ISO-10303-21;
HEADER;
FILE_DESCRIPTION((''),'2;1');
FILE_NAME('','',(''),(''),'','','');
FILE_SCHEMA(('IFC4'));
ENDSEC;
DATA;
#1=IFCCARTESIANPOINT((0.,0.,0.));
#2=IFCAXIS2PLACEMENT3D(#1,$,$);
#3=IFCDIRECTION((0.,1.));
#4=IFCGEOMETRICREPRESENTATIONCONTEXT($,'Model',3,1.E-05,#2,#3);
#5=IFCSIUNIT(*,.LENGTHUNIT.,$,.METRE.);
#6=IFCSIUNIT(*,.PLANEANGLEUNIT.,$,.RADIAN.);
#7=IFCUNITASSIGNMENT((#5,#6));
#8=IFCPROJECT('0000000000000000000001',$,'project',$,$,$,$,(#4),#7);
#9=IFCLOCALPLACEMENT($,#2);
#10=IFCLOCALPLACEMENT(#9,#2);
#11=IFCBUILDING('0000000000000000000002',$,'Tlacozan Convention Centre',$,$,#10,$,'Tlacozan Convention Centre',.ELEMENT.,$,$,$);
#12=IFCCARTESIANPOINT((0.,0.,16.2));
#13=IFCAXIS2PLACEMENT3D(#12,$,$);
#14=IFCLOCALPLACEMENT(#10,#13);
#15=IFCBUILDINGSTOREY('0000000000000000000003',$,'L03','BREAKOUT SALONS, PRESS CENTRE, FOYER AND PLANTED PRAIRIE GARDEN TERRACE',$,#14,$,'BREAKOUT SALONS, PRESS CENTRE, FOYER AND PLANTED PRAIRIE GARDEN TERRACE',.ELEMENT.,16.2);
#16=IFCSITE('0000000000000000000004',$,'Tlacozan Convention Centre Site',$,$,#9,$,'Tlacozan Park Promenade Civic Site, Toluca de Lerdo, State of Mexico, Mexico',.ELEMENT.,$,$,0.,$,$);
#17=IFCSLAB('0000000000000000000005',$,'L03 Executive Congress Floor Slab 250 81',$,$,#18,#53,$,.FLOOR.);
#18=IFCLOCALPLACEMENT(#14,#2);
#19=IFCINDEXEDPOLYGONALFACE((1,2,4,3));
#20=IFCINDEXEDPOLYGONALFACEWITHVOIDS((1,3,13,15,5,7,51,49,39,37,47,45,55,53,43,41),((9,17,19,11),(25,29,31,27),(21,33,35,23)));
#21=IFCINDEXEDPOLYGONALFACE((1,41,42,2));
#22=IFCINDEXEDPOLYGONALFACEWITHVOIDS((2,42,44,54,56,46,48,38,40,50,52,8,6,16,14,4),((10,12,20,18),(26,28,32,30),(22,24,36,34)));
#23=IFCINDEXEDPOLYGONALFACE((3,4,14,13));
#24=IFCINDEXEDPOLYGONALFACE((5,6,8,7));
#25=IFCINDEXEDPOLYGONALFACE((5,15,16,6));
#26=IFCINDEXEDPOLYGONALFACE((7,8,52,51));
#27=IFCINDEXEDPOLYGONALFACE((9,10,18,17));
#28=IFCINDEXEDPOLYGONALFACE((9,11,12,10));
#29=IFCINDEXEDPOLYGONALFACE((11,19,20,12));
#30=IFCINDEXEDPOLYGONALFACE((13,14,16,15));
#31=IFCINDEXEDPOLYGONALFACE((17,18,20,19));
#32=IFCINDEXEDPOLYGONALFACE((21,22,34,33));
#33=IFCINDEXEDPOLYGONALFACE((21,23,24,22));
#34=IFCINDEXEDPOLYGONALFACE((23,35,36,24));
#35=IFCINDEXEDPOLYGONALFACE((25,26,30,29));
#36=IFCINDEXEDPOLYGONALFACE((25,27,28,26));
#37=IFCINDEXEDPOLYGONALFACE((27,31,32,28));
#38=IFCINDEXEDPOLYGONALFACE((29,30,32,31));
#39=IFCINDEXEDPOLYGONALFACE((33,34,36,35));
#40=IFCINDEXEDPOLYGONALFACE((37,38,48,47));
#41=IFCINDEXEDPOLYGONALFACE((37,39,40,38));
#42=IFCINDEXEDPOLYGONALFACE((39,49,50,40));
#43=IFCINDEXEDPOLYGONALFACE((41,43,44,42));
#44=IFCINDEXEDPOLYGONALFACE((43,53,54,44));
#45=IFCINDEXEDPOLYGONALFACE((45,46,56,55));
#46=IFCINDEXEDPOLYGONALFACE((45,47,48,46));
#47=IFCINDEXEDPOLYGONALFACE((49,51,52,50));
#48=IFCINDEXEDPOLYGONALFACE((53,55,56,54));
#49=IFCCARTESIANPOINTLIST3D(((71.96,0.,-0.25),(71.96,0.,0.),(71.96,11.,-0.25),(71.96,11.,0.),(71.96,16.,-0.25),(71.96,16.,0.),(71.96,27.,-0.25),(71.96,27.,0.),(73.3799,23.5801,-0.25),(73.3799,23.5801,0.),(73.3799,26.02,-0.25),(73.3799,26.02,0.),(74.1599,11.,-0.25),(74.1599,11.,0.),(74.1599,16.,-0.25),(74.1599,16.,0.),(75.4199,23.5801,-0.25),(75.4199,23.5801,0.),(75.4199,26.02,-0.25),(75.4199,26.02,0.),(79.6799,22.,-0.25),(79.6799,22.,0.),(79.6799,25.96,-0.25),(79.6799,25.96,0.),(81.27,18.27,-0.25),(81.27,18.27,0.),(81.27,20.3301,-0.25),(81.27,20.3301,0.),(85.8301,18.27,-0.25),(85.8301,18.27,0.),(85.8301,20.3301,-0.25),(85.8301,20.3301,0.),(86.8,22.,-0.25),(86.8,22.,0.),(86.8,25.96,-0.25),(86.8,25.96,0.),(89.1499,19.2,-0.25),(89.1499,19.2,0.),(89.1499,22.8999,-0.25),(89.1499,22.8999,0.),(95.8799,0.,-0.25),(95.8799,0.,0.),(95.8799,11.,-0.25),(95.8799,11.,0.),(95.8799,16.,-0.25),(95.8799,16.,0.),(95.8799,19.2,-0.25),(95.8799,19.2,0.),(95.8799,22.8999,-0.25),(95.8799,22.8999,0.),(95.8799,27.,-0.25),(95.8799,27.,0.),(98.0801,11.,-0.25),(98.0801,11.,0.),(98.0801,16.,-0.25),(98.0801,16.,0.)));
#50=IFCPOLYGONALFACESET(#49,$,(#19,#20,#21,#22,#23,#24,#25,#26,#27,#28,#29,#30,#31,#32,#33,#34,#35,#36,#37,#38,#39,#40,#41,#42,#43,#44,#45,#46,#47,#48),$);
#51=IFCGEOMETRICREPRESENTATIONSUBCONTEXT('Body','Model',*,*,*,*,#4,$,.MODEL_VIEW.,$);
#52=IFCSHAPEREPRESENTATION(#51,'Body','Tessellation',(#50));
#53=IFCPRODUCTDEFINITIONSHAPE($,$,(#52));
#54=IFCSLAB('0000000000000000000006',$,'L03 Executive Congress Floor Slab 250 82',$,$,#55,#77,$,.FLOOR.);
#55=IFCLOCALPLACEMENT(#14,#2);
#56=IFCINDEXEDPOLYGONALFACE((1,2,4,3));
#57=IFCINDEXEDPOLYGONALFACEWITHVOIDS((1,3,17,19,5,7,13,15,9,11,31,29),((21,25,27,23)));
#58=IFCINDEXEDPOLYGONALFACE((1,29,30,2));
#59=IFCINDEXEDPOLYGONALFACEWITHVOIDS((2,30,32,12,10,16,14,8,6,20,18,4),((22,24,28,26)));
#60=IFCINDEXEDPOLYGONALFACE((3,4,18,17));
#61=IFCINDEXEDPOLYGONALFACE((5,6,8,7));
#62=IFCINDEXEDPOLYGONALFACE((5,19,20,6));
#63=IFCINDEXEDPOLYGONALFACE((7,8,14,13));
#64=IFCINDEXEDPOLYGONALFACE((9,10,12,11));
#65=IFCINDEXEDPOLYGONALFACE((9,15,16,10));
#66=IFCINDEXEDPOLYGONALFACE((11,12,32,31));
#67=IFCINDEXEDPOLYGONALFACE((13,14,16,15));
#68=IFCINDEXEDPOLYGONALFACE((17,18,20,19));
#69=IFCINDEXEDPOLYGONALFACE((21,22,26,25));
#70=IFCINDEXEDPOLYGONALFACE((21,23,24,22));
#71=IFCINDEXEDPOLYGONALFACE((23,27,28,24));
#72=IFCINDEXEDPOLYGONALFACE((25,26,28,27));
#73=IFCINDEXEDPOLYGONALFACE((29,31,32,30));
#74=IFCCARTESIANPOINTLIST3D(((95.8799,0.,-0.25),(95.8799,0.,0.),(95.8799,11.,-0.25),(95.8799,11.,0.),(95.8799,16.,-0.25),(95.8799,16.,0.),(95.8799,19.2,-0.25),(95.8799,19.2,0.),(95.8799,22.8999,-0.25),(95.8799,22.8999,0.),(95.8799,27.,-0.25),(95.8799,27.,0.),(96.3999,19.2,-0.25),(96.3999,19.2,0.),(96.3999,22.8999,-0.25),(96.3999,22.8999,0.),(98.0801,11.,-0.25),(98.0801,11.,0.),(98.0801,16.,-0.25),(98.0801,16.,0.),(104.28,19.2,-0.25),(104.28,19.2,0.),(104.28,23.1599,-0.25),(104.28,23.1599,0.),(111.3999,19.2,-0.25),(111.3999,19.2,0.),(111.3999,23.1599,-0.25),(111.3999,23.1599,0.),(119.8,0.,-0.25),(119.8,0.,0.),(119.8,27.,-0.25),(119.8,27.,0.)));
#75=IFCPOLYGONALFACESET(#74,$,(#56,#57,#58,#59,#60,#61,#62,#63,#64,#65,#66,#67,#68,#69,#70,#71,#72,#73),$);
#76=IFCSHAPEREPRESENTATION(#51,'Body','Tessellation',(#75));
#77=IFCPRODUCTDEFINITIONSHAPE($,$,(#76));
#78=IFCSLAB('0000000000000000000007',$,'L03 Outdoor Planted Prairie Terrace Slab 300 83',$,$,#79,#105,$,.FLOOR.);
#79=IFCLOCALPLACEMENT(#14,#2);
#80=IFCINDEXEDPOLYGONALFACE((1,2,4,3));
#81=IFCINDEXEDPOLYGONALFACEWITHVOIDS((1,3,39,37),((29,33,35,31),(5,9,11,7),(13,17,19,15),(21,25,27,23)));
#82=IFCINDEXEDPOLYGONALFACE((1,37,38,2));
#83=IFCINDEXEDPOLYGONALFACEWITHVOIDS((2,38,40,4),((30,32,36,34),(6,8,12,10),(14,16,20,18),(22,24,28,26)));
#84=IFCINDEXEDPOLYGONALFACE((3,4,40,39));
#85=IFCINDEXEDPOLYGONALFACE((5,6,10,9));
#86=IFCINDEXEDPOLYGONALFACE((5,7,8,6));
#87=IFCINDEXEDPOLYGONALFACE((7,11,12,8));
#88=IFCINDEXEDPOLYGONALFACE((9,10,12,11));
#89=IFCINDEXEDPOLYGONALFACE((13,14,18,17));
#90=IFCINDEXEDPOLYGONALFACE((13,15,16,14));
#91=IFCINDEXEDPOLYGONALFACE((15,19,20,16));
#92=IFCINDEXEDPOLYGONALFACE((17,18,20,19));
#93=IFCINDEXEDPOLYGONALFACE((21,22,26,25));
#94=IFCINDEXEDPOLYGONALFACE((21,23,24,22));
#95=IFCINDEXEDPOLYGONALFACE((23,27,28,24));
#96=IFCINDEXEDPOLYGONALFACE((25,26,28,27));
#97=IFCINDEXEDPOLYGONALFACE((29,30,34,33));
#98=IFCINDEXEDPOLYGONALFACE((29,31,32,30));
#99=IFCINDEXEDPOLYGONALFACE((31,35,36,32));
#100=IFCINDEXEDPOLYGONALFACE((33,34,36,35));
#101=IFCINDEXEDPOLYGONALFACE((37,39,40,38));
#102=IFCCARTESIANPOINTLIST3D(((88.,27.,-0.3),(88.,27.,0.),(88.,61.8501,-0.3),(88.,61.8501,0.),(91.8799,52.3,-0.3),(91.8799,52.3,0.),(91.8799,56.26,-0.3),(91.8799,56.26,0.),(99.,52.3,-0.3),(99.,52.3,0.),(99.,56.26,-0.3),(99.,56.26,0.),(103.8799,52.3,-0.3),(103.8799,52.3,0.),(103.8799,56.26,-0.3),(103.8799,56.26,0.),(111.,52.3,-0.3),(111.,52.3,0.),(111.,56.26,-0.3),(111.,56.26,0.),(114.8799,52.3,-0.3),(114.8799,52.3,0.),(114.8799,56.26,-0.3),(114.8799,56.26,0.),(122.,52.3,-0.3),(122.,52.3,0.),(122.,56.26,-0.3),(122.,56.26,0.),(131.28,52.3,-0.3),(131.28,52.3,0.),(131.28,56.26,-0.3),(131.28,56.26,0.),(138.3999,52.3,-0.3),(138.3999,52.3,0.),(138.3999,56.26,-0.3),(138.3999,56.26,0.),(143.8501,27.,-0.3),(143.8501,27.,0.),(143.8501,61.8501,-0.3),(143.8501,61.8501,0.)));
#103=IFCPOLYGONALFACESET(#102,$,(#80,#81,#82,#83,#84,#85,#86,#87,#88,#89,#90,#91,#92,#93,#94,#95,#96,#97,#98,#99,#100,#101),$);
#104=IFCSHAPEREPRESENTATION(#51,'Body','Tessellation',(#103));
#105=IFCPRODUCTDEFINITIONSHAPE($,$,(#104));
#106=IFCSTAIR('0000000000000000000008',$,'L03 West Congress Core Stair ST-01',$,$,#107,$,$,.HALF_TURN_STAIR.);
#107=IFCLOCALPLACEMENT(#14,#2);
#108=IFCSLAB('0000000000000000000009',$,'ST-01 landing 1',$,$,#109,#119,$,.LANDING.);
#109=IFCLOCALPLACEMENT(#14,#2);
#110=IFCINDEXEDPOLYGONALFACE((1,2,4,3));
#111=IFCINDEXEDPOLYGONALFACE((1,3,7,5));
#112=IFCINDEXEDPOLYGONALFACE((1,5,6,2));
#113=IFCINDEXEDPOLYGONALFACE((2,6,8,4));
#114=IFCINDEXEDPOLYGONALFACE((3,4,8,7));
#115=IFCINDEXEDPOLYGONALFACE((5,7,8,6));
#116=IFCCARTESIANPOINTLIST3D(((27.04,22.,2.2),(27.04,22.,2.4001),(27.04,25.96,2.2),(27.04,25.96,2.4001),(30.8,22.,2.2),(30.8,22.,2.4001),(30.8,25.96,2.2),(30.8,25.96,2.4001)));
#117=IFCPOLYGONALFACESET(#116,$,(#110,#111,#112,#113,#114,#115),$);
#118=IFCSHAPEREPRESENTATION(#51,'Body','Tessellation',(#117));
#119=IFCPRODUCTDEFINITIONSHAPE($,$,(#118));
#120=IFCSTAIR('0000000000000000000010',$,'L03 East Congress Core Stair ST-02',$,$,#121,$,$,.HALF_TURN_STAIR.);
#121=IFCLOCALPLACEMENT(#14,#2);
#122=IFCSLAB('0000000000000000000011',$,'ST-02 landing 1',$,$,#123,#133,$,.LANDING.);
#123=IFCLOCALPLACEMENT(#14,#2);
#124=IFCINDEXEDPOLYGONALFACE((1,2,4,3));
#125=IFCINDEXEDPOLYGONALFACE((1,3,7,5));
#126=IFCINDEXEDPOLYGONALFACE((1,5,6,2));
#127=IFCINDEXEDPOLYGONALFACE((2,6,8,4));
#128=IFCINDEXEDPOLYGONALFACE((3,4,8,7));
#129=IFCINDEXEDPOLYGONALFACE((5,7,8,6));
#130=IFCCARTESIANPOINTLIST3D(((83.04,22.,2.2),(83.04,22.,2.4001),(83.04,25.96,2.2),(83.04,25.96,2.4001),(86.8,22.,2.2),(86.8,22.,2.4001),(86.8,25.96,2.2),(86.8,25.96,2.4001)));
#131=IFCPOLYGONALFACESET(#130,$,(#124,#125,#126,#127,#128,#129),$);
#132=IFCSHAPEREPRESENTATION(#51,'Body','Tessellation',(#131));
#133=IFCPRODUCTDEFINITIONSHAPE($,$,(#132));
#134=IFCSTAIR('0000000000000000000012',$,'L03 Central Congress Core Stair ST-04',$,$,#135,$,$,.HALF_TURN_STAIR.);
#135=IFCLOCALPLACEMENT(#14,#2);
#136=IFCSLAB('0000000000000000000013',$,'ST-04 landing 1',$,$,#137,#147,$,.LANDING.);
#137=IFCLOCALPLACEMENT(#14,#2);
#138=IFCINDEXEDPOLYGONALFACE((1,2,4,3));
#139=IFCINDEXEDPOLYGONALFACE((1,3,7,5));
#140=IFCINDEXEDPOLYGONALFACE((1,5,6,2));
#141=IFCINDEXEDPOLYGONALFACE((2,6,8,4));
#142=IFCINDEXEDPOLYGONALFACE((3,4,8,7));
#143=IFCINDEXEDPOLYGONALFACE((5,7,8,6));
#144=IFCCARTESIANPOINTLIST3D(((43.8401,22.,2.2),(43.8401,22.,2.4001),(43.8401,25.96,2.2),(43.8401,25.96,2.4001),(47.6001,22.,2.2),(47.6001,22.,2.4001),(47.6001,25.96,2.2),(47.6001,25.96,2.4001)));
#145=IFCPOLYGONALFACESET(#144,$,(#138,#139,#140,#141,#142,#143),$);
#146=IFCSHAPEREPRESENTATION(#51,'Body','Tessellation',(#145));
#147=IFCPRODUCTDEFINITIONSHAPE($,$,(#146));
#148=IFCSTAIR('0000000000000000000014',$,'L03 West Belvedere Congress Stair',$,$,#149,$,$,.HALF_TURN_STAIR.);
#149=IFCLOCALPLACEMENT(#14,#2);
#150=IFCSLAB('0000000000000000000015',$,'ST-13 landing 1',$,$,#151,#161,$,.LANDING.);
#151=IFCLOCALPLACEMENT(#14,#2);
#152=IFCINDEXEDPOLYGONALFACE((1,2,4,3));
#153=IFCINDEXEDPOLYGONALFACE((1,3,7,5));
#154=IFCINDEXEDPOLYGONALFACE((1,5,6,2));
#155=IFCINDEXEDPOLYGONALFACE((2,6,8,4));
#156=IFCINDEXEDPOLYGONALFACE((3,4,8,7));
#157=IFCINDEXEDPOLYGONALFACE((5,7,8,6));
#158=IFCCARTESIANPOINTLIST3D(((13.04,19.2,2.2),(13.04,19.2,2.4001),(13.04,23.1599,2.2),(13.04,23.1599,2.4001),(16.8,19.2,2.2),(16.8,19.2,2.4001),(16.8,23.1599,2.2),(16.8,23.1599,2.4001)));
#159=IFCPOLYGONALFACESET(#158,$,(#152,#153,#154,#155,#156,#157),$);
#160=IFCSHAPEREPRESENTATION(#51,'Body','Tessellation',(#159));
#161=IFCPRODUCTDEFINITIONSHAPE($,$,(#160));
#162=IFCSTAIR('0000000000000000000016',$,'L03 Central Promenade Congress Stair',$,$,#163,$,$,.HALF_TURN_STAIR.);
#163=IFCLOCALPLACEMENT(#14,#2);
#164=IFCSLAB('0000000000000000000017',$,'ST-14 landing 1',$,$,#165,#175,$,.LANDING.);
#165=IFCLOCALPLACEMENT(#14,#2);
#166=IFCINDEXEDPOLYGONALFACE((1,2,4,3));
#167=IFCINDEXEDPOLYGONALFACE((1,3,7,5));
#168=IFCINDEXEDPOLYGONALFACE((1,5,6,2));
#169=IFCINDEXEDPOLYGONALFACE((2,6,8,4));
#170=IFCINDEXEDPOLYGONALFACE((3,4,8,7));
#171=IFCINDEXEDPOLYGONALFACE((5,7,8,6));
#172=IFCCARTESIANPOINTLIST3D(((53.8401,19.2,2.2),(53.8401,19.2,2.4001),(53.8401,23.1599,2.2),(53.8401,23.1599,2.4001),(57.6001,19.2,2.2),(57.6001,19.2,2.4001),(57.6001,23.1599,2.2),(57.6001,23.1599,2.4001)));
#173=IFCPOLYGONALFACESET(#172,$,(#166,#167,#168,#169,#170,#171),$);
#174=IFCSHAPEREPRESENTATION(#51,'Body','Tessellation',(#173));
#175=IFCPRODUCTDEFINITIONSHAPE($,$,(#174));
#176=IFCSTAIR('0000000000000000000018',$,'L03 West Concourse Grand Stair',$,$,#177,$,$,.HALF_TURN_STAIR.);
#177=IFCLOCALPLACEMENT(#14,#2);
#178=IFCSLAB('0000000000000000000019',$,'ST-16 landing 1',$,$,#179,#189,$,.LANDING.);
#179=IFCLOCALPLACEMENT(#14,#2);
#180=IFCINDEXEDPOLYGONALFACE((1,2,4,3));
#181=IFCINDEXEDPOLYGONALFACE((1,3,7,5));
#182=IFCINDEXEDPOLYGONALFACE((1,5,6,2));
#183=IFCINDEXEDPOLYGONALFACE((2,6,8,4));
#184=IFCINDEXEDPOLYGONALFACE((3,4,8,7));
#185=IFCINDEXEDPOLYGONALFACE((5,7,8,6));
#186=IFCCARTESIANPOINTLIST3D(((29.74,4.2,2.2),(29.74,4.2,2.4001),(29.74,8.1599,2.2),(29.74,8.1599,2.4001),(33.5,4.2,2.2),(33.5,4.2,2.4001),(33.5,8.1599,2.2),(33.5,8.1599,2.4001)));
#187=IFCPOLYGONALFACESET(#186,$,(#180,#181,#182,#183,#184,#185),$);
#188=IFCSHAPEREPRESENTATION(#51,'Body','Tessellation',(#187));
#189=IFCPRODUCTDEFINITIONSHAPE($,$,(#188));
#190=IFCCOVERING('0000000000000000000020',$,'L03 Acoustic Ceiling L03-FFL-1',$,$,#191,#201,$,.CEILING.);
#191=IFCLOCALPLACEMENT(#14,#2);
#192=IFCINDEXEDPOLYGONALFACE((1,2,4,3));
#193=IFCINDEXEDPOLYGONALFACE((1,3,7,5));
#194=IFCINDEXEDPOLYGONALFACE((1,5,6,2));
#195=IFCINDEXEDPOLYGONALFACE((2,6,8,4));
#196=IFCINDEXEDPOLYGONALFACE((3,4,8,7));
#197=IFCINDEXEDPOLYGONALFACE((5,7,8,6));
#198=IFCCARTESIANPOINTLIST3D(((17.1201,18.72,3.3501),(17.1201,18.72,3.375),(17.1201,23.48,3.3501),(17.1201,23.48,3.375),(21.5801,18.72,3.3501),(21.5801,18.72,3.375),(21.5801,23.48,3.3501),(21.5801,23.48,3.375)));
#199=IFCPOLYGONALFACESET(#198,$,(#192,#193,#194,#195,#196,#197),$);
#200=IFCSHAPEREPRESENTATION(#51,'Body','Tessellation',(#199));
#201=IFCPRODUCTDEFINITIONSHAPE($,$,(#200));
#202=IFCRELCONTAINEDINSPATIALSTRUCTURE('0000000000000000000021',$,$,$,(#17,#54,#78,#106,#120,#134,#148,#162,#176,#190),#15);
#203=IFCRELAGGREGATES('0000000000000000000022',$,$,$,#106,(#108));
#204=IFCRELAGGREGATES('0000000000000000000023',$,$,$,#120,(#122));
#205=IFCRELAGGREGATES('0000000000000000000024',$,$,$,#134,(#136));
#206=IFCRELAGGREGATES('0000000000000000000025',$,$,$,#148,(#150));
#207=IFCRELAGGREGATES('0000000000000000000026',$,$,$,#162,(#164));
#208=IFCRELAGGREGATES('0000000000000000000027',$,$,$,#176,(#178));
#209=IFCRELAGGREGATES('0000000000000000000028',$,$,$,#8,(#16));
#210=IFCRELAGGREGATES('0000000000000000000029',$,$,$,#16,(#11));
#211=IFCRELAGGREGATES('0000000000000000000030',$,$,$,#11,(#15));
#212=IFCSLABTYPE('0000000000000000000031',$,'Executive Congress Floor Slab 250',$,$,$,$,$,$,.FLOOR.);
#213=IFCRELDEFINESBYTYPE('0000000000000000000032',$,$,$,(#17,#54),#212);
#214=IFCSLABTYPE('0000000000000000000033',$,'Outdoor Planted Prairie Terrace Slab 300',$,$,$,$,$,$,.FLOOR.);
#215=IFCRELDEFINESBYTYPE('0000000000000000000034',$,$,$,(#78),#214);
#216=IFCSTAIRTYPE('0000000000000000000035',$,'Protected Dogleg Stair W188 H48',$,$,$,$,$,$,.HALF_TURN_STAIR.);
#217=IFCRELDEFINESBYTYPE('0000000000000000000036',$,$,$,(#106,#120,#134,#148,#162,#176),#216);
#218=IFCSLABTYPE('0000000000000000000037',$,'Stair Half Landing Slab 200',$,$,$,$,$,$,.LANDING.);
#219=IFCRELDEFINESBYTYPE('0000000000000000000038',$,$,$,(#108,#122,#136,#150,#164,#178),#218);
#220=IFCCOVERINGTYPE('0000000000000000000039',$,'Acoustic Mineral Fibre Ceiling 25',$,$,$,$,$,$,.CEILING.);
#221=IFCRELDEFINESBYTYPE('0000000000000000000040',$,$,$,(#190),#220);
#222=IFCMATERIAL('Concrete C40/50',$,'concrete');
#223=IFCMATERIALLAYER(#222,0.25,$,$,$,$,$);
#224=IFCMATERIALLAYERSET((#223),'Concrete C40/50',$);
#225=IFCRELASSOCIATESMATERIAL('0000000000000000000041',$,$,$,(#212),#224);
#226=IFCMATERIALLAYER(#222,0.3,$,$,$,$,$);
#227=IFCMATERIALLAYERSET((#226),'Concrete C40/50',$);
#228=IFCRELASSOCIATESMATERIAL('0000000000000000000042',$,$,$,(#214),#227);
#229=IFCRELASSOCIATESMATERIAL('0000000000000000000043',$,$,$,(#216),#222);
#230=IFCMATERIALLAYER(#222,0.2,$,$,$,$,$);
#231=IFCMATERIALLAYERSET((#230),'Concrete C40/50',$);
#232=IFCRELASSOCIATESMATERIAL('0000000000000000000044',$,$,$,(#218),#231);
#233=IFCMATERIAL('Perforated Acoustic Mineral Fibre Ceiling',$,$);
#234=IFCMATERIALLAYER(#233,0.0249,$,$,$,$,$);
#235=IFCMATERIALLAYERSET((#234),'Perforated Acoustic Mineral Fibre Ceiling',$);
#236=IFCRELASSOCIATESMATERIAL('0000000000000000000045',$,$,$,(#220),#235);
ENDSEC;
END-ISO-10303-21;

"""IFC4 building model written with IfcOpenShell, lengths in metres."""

from ifc_helpers import new_model, si_unit, direction, frame, origin, place, context, subcontext, project, spatial, polyline, outline, extrude, material, layer, layer_set, type_object, element, aggregate, save


model = new_model("IFC4")

# Units and contexts
model_context = context("Model", 3, precision=1e-05, world=origin(), true_north=direction((0.0, 1.0)))
body_context = subcontext(model_context, "Body", "Model", "MODEL_VIEW")
ifc_project = project(units=[si_unit("LENGTHUNIT", "METRE"), si_unit("PLANEANGLEUNIT", "RADIAN")], contexts=[model_context])

# Site, building, storey
site_placement = place(None, origin())
site = spatial("IfcSite", under=ifc_project, at=site_placement, Name="Tlacozan Convention Centre Site", LongName="Tlacozan Park Promenade Civic Site, Toluca de Lerdo, State of Mexico, Mexico", CompositionType="ELEMENT", RefElevation=0.0)
building_placement = place(site_placement, origin())
building = spatial("IfcBuilding", under=site, at=building_placement, Name="Tlacozan Convention Centre", LongName="Tlacozan Convention Centre", CompositionType="ELEMENT")
storey_placement = place(building_placement, frame((0.0, 0.0, 16.2)))
storey = spatial("IfcBuildingStorey", under=building, at=storey_placement, Name="L03", Description="BREAKOUT SALONS, PRESS CENTRE, FOYER AND PLANTED PRAIRIE GARDEN TERRACE", LongName="BREAKOUT SALONS, PRESS CENTRE, FOYER AND PLANTED PRAIRIE GARDEN TERRACE", CompositionType="ELEMENT", Elevation=16.2)

# Slabs
ifc_material_1 = material(Name="Concrete C40/50", Category="concrete")
ifc_layer_1 = layer(ifc_material_1, 0.25)
ifc_layer_set_1 = layer_set([ifc_layer_1], Name="Concrete C40/50")
slab_type_1 = type_object("IfcSlabType", Name="Executive Congress Floor Slab 250", PredefinedType="FLOOR", material=ifc_layer_set_1)
slab_1_placement = place(storey_placement, frame((0.0, 0.0, -0.25)))
element("IfcSlab", 1, at=slab_1_placement, inside=storey, type_object=slab_type_1, Name="L03 Executive Congress Floor Slab 250 81", PredefinedType="FLOOR", context=body_context, shape_type="SweptSolid", body=[
    extrude(outline(polyline([(71.96, 11.0), (74.1599, 11.0), (74.1599, 16.0), (71.96, 16.0), (71.96, 27.0), (95.8799, 27.0), (95.8799, 22.8999), (89.1499, 22.8999), (89.1499, 19.2), (95.8799, 19.2), (95.8799, 16.0), (98.0801, 16.0), (98.0801, 11.0), (95.8799, 11.0), (95.8799, 0.0), (71.96, 0.0), (71.96, 11.0)]), holes=[polyline([(75.4199, 26.02), (73.3799, 26.02), (73.3799, 23.5801), (75.4199, 23.5801), (75.4199, 26.02)]), polyline([(85.8301, 20.3301), (81.27, 20.3301), (81.27, 18.27), (85.8301, 18.27), (85.8301, 20.3301)]), polyline([(86.8, 22.0), (86.8, 25.96), (79.6799, 25.96), (79.6799, 22.0), (86.8, 22.0)])]), origin(), (0.0, 0.0, 1.0), 0.25),
])
slab_2_placement = place(storey_placement, frame((0.0, 0.0, -0.25)))
element("IfcSlab", 2, at=slab_2_placement, inside=storey, type_object=slab_type_1, Name="L03 Executive Congress Floor Slab 250 82", PredefinedType="FLOOR", context=body_context, shape_type="SweptSolid", body=[
    extrude(outline(polyline([(119.8, 27.0), (119.8, 0.0), (95.8799, 0.0), (95.8799, 11.0), (98.0801, 11.0), (98.0801, 16.0), (95.8799, 16.0), (95.8799, 19.2), (96.3999, 19.2), (96.3999, 22.8999), (95.8799, 22.8999), (95.8799, 27.0), (119.8, 27.0)]), holes=[polyline([(111.3999, 19.2), (111.3999, 23.1599), (104.28, 23.1599), (104.28, 19.2), (111.3999, 19.2)])]), origin(), (0.0, 0.0, 1.0), 0.25),
])
ifc_layer_2 = layer(ifc_material_1, 0.3)
ifc_layer_set_2 = layer_set([ifc_layer_2], Name="Concrete C40/50")
slab_type_2 = type_object("IfcSlabType", Name="Outdoor Planted Prairie Terrace Slab 300", PredefinedType="FLOOR", material=ifc_layer_set_2)
slab_3_placement = place(storey_placement, frame((0.0, 0.0, -0.3)))
element("IfcSlab", 3, at=slab_3_placement, inside=storey, type_object=slab_type_2, Name="L03 Outdoor Planted Prairie Terrace Slab 300 83", PredefinedType="FLOOR", context=body_context, shape_type="SweptSolid", body=[
    extrude(outline(polyline([(88.0, 27.0), (88.0, 61.8501), (143.8501, 61.8501), (143.8501, 27.0), (88.0, 27.0)]), holes=[polyline([(99.0, 52.3), (99.0, 56.26), (91.8799, 56.26), (91.8799, 52.3), (99.0, 52.3)]), polyline([(111.0, 52.3), (111.0, 56.26), (103.8799, 56.26), (103.8799, 52.3), (111.0, 52.3)]), polyline([(114.8799, 52.3), (122.0, 52.3), (122.0, 56.26), (114.8799, 56.26), (114.8799, 52.3)]), polyline([(131.28, 52.3), (138.3999, 52.3), (138.3999, 56.26), (131.28, 56.26), (131.28, 52.3)])]), origin(), (0.0, 0.0, 1.0), 0.3),
])

# Stairs, slabs
stair_type = type_object("IfcStairType", Name="Protected Dogleg Stair W188 H48", PredefinedType="HALF_TURN_STAIR", material=ifc_material_1)
stair_1_placement = place(storey_placement, origin())
stair_1 = element("IfcStair", 4, at=stair_1_placement, inside=storey, type_object=stair_type, Name="L03 West Congress Core Stair ST-01", PredefinedType="HALF_TURN_STAIR")
ifc_layer_3 = layer(ifc_material_1, 0.2)
ifc_layer_set_3 = layer_set([ifc_layer_3], Name="Concrete C40/50")
slab_type_3 = type_object("IfcSlabType", Name="Stair Half Landing Slab 200", PredefinedType="LANDING", material=ifc_layer_set_3)
slab_4_placement = place(storey_placement, frame((0.0, 0.0, 2.2)))
slab_4 = element("IfcSlab", 5, at=slab_4_placement, type_object=slab_type_3, Name="ST-01 landing 1", PredefinedType="LANDING", context=body_context, shape_type="SweptSolid", body=[
    extrude(outline(polyline([(27.04, 22.0), (30.8, 22.0), (30.8, 25.96), (27.04, 25.96), (27.04, 22.0)])), origin(), (0.0, 0.0, 1.0), 0.2002),
])
aggregate(stair_1, [slab_4])
stair_2_placement = place(storey_placement, origin())
stair_2 = element("IfcStair", 6, at=stair_2_placement, inside=storey, type_object=stair_type, Name="L03 East Congress Core Stair ST-02", PredefinedType="HALF_TURN_STAIR")
slab_5_placement = place(storey_placement, frame((0.0, 0.0, 2.2)))
slab_5 = element("IfcSlab", 7, at=slab_5_placement, type_object=slab_type_3, Name="ST-02 landing 1", PredefinedType="LANDING", context=body_context, shape_type="SweptSolid", body=[
    extrude(outline(polyline([(83.04, 22.0), (86.8, 22.0), (86.8, 25.96), (83.04, 25.96), (83.04, 22.0)])), origin(), (0.0, 0.0, 1.0), 0.2002),
])
aggregate(stair_2, [slab_5])
stair_3_placement = place(storey_placement, origin())
stair_3 = element("IfcStair", 8, at=stair_3_placement, inside=storey, type_object=stair_type, Name="L03 Central Congress Core Stair ST-04", PredefinedType="HALF_TURN_STAIR")
slab_6_placement = place(storey_placement, frame((0.0, 0.0, 2.2)))
slab_6 = element("IfcSlab", 9, at=slab_6_placement, type_object=slab_type_3, Name="ST-04 landing 1", PredefinedType="LANDING", context=body_context, shape_type="SweptSolid", body=[
    extrude(outline(polyline([(43.8401, 22.0), (47.6001, 22.0), (47.6001, 25.96), (43.8401, 25.96), (43.8401, 22.0)])), origin(), (0.0, 0.0, 1.0), 0.2002),
])
aggregate(stair_3, [slab_6])
stair_4_placement = place(storey_placement, origin())
stair_4 = element("IfcStair", 10, at=stair_4_placement, inside=storey, type_object=stair_type, Name="L03 West Belvedere Congress Stair", PredefinedType="HALF_TURN_STAIR")
slab_7_placement = place(storey_placement, frame((0.0, 0.0, 2.2)))
slab_7 = element("IfcSlab", 11, at=slab_7_placement, type_object=slab_type_3, Name="ST-13 landing 1", PredefinedType="LANDING", context=body_context, shape_type="SweptSolid", body=[
    extrude(outline(polyline([(13.04, 19.2), (16.8, 19.2), (16.8, 23.1599), (13.04, 23.1599), (13.04, 19.2)])), origin(), (0.0, 0.0, 1.0), 0.2002),
])
aggregate(stair_4, [slab_7])
stair_5_placement = place(storey_placement, origin())
stair_5 = element("IfcStair", 12, at=stair_5_placement, inside=storey, type_object=stair_type, Name="L03 Central Promenade Congress Stair", PredefinedType="HALF_TURN_STAIR")
slab_8_placement = place(storey_placement, frame((0.0, 0.0, 2.2)))
slab_8 = element("IfcSlab", 13, at=slab_8_placement, type_object=slab_type_3, Name="ST-14 landing 1", PredefinedType="LANDING", context=body_context, shape_type="SweptSolid", body=[
    extrude(outline(polyline([(53.8401, 19.2), (57.6001, 19.2), (57.6001, 23.1599), (53.8401, 23.1599), (53.8401, 19.2)])), origin(), (0.0, 0.0, 1.0), 0.2002),
])
aggregate(stair_5, [slab_8])
stair_6_placement = place(storey_placement, origin())
stair_6 = element("IfcStair", 14, at=stair_6_placement, inside=storey, type_object=stair_type, Name="L03 West Concourse Grand Stair", PredefinedType="HALF_TURN_STAIR")
slab_9_placement = place(storey_placement, frame((0.0, 0.0, 2.2)))
slab_9 = element("IfcSlab", 15, at=slab_9_placement, type_object=slab_type_3, Name="ST-16 landing 1", PredefinedType="LANDING", context=body_context, shape_type="SweptSolid", body=[
    extrude(outline(polyline([(29.74, 4.2), (33.5, 4.2), (33.5, 8.1599), (29.74, 8.1599), (29.74, 4.2)])), origin(), (0.0, 0.0, 1.0), 0.2002),
])
aggregate(stair_6, [slab_9])

# Covering
ifc_material_2 = material(Name="Perforated Acoustic Mineral Fibre Ceiling")
ifc_layer_4 = layer(ifc_material_2, 0.0249)
ifc_layer_set_4 = layer_set([ifc_layer_4], Name="Perforated Acoustic Mineral Fibre Ceiling")
covering_type_1 = type_object("IfcCoveringType", Name="Acoustic Mineral Fibre Ceiling 25", PredefinedType="CEILING", material=ifc_layer_set_4)
covering_1_placement = place(storey_placement, frame((0.0, 0.0, 3.3501)))
element("IfcCovering", 16, at=covering_1_placement, inside=storey, type_object=covering_type_1, Name="L03 Acoustic Ceiling L03-FFL-1", PredefinedType="CEILING", context=body_context, shape_type="SweptSolid", body=[
    extrude(outline(polyline([(17.1201, 18.72), (21.5801, 18.72), (21.5801, 23.48), (17.1201, 23.48), (17.1201, 18.72)])), origin(), (0.0, 0.0, 1.0), 0.0249),
])

save(model, "model.ifc")
